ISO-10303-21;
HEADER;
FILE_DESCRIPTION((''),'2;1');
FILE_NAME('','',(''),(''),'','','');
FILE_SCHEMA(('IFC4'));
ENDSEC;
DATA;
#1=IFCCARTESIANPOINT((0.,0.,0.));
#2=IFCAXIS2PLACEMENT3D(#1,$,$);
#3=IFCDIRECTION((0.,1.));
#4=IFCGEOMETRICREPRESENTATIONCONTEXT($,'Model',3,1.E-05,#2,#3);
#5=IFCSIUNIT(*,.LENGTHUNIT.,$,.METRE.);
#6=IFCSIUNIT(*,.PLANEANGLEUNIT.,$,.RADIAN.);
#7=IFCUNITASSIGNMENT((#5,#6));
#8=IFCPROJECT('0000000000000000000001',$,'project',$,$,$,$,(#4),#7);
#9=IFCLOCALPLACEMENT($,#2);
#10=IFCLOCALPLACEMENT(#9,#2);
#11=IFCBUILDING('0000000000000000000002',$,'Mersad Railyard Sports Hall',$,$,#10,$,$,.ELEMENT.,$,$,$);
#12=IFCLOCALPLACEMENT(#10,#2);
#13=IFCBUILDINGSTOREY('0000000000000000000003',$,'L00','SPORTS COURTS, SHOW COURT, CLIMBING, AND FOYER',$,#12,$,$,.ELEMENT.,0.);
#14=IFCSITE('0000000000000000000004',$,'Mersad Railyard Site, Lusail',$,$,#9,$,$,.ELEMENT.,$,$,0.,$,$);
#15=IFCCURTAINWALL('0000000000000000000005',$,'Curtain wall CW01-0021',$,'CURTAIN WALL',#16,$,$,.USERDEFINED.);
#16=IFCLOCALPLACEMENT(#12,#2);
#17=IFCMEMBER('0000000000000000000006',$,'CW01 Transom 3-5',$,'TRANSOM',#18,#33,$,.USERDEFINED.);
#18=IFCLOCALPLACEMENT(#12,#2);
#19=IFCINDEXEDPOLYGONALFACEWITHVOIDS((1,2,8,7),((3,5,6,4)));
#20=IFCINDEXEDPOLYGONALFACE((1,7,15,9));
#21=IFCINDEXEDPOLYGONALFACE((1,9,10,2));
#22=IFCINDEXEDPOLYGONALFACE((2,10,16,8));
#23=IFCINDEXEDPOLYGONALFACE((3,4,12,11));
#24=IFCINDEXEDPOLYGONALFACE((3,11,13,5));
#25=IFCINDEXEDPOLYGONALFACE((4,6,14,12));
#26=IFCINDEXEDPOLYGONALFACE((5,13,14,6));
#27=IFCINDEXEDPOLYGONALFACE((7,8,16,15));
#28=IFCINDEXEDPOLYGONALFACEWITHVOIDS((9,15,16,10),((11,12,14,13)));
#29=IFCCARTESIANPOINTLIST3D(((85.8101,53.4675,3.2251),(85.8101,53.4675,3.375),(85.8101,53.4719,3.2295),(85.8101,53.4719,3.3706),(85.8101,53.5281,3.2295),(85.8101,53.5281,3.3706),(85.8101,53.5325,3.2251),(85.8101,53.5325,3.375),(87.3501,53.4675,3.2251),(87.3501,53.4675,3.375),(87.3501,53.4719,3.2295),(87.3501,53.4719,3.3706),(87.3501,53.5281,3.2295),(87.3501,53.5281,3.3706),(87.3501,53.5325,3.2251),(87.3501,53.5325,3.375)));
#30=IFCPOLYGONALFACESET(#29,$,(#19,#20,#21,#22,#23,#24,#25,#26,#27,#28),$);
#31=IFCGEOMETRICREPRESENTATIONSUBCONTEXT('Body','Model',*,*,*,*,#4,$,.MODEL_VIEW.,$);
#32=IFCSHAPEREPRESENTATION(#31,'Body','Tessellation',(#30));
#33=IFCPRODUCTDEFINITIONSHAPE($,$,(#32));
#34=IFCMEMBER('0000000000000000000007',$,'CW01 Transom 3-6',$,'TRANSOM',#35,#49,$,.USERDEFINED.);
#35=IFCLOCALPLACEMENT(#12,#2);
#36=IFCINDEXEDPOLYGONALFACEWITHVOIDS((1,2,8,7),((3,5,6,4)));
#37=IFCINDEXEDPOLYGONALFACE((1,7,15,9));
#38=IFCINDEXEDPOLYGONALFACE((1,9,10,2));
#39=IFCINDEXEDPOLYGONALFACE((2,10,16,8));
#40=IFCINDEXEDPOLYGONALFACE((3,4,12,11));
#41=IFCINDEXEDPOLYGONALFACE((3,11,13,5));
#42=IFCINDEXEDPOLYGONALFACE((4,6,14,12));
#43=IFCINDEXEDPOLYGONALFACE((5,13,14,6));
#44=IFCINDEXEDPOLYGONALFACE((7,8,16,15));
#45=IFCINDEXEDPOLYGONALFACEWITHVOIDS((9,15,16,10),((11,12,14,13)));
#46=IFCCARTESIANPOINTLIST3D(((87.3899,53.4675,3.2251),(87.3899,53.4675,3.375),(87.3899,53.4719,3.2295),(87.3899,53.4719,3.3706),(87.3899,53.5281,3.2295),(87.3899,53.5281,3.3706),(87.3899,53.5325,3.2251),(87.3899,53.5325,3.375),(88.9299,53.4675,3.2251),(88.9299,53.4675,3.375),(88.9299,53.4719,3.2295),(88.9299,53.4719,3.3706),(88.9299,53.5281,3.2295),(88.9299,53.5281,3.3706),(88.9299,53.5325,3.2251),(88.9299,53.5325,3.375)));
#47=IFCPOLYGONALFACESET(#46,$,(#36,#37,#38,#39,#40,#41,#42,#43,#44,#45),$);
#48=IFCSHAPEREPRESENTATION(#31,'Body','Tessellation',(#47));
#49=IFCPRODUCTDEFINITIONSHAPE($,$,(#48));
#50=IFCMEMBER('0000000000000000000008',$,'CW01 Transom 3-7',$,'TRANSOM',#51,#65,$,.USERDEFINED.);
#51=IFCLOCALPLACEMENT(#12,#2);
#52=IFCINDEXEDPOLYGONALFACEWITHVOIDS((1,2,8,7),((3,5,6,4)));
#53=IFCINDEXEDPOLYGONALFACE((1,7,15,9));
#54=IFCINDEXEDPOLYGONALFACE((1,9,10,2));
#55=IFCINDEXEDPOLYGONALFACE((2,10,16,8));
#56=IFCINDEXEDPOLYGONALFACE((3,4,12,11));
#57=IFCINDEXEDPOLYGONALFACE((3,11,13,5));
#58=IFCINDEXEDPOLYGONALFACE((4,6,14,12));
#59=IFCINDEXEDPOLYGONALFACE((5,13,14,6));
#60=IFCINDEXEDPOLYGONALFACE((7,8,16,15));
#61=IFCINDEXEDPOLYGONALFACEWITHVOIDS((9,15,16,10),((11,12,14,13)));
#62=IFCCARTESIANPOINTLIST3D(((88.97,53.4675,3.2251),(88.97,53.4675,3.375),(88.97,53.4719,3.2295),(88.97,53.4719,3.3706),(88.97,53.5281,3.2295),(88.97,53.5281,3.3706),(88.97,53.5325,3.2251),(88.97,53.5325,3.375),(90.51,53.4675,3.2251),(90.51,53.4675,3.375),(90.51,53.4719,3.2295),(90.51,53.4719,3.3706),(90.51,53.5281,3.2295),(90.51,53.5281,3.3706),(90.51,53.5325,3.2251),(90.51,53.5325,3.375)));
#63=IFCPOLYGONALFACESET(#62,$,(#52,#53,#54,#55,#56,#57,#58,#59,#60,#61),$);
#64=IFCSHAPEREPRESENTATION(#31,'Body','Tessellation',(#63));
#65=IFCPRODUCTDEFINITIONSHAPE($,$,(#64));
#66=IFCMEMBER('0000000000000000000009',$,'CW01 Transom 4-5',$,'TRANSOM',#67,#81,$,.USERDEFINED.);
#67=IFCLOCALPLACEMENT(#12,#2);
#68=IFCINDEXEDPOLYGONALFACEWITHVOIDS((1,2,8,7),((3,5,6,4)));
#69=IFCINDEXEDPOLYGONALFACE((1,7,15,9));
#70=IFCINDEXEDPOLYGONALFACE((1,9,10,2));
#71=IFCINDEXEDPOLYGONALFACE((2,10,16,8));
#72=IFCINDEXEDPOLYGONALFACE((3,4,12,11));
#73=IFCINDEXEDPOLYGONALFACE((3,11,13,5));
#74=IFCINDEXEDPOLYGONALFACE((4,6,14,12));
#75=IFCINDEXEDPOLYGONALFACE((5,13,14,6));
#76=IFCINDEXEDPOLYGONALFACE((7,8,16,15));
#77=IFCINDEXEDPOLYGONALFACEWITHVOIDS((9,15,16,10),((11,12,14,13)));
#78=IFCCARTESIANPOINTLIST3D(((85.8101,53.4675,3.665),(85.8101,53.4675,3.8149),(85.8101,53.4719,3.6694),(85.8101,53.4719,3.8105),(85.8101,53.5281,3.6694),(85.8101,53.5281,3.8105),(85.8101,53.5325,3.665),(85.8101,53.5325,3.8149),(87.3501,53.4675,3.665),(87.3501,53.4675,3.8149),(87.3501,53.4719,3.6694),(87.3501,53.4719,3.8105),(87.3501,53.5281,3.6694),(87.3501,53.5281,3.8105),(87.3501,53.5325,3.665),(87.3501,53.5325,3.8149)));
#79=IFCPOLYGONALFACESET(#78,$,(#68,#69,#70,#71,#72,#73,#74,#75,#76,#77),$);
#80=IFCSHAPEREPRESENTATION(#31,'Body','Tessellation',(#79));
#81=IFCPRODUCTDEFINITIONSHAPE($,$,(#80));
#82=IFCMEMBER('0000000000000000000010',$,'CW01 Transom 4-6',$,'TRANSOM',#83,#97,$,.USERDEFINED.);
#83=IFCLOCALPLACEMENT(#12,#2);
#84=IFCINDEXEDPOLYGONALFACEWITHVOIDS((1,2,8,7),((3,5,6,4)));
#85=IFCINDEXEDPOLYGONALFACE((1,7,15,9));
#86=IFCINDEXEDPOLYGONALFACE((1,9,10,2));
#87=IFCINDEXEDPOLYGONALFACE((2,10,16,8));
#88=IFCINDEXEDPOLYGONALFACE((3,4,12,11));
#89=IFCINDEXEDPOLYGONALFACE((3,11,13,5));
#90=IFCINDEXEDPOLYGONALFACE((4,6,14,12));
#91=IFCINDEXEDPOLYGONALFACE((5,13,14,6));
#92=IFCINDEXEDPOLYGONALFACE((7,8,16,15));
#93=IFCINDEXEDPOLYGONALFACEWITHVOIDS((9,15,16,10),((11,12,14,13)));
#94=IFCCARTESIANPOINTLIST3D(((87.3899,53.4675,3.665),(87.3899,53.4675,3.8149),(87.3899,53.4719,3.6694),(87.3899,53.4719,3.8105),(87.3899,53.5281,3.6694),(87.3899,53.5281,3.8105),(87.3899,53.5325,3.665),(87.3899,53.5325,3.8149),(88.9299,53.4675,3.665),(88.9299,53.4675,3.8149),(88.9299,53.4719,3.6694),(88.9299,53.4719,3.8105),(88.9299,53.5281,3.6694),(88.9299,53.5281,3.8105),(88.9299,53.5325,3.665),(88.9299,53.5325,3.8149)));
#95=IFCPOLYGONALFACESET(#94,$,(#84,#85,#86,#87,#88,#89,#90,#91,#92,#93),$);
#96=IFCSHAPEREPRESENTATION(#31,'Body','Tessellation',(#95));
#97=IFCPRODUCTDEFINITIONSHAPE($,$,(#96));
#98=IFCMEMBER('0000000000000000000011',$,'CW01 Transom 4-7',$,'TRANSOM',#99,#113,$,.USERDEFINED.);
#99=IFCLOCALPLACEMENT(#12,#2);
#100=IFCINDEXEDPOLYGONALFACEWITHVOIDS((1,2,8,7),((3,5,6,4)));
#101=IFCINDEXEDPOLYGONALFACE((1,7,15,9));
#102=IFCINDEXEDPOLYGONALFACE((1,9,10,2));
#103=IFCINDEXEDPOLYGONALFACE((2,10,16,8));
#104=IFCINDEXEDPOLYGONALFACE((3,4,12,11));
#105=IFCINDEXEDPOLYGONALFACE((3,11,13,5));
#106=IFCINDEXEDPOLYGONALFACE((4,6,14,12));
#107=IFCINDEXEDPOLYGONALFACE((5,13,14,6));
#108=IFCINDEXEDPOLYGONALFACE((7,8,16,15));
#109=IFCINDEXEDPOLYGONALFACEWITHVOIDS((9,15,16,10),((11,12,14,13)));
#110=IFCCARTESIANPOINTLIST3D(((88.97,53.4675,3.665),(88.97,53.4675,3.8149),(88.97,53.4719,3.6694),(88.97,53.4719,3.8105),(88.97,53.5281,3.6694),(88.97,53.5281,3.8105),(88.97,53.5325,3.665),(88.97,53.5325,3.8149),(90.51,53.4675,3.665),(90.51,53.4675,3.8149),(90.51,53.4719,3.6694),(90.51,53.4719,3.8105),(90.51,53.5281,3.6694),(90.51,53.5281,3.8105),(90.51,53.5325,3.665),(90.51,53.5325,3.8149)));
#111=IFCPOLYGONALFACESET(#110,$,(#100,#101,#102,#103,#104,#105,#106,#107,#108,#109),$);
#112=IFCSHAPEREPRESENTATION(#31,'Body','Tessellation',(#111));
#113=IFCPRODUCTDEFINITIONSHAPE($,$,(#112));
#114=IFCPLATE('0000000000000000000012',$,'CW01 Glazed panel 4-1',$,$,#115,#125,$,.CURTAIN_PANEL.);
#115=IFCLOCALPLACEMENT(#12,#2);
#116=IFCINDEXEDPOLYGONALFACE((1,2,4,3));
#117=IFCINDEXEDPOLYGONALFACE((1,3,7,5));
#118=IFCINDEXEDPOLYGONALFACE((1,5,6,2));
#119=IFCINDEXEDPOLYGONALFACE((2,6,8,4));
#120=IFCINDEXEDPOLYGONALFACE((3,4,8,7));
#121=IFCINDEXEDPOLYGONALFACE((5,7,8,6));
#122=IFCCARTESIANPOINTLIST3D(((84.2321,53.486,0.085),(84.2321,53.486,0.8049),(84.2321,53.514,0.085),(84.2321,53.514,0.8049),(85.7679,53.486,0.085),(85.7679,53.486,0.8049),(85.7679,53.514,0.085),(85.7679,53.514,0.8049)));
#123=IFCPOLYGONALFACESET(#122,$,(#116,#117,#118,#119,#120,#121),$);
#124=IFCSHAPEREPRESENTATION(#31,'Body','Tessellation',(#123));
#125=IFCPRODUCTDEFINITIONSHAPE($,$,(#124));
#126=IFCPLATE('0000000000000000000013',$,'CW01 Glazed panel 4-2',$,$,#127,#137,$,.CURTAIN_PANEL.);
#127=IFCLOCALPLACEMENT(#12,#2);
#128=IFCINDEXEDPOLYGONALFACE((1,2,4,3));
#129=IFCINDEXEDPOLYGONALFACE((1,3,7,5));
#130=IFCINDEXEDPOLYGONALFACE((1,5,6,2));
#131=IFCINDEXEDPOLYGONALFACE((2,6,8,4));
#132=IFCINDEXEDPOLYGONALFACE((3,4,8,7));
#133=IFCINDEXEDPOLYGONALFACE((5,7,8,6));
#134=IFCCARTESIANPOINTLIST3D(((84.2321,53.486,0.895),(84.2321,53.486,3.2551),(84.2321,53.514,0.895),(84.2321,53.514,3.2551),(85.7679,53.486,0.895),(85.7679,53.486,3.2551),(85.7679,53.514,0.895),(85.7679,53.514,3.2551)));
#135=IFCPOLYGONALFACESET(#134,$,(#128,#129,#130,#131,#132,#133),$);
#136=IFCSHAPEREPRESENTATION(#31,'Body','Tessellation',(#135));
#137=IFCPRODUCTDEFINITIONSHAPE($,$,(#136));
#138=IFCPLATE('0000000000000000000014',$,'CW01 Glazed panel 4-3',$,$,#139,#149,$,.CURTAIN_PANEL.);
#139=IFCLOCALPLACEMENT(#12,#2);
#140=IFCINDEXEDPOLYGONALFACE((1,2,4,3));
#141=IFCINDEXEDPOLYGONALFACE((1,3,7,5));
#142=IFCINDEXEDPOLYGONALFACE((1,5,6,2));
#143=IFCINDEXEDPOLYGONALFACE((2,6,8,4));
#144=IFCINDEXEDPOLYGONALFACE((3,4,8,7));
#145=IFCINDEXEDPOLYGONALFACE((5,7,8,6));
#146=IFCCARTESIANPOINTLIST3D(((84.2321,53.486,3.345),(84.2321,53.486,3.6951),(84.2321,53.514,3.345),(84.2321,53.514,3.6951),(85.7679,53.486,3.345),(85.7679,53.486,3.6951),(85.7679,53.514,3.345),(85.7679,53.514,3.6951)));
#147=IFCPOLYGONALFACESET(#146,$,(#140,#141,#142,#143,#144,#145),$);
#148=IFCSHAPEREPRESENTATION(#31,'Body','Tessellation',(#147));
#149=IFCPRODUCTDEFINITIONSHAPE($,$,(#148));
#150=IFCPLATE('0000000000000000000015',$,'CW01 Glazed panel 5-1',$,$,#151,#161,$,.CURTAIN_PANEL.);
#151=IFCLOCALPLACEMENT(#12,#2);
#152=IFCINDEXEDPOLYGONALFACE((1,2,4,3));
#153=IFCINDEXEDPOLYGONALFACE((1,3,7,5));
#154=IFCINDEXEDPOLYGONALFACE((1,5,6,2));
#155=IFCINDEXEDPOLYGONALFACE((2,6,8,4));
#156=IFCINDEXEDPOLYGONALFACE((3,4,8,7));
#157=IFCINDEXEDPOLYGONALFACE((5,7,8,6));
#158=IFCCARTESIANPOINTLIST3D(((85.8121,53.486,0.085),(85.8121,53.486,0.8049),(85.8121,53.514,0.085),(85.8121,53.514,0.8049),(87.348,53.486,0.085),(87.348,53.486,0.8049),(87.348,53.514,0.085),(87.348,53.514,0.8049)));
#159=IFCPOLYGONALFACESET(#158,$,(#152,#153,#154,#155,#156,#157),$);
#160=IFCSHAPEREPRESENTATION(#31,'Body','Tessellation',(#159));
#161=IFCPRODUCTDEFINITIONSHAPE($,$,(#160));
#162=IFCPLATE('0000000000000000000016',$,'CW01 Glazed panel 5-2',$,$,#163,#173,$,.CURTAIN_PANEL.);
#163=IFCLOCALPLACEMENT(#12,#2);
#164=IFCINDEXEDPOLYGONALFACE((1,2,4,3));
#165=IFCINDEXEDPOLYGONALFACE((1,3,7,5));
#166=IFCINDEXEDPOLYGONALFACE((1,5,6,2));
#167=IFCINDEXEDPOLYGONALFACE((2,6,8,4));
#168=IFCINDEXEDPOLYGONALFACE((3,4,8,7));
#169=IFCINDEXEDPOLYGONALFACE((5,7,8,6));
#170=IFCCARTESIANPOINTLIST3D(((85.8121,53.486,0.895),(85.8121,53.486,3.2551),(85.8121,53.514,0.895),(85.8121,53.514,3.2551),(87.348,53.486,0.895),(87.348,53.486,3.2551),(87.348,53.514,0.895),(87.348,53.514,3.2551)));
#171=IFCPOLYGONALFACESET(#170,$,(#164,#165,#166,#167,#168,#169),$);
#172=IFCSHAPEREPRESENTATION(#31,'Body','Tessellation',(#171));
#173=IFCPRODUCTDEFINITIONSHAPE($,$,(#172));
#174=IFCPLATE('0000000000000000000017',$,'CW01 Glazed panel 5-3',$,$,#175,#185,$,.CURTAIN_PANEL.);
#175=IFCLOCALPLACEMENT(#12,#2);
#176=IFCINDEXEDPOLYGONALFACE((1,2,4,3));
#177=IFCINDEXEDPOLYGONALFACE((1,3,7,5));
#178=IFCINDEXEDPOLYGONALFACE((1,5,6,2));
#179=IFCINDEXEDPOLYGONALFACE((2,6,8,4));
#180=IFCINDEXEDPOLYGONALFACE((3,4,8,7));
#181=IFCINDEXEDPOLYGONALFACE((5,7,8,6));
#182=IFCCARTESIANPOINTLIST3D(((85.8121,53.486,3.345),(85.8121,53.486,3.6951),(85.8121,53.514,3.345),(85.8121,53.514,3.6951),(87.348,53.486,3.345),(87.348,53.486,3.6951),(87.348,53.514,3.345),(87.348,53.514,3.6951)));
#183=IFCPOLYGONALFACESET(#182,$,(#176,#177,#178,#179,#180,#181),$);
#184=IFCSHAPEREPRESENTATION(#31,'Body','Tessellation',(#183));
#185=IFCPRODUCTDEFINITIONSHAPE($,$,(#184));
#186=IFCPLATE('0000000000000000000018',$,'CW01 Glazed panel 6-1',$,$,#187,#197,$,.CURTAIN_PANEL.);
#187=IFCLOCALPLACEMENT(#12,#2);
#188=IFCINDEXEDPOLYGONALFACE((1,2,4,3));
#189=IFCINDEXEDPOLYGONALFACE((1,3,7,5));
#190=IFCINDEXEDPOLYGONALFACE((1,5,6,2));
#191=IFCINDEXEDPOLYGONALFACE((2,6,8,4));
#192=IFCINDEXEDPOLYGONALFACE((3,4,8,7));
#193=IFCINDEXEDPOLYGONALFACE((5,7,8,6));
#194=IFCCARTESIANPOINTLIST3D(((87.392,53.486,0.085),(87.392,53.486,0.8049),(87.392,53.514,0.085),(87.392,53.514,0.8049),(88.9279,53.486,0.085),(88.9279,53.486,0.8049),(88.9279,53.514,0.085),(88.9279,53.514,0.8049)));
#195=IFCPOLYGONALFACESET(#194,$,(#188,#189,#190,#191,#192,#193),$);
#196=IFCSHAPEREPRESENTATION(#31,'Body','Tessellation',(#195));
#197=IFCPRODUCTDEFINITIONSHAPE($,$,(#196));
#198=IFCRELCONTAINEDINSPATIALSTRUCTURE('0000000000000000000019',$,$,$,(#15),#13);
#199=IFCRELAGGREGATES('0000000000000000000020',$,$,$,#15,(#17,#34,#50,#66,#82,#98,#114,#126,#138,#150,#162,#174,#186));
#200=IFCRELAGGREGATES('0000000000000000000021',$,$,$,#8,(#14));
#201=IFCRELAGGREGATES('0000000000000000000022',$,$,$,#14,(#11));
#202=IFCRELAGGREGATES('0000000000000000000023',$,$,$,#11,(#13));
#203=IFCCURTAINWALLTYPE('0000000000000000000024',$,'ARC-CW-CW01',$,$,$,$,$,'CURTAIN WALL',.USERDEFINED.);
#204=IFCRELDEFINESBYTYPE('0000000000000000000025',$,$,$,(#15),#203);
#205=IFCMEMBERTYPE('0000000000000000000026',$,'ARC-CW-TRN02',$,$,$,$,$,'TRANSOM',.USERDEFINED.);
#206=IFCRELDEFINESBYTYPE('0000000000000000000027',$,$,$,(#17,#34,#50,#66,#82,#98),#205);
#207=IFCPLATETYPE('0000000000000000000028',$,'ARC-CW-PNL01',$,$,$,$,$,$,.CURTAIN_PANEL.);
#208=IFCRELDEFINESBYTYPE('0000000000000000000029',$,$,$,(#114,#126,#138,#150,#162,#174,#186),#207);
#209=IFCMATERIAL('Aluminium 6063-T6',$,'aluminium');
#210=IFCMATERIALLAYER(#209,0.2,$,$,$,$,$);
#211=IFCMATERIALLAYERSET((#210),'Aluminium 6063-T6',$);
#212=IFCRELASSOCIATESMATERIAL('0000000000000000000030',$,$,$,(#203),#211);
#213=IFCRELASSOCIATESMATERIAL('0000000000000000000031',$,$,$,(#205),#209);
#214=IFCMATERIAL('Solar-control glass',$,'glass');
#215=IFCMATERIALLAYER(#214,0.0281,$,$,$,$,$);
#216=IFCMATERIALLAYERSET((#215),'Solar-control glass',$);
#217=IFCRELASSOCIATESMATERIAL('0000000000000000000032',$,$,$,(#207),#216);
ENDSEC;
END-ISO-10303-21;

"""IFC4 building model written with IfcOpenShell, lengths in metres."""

from ifc_helpers import new_model, si_unit, direction, frame, origin, origin_2d, place, context, subcontext, project, spatial, rectangle, hollow_rectangle, extrude, material, layer, layer_set, material_profile, profile_set, type_object, element, aggregate, save


model = new_model("IFC4")

# Units and contexts
model_context = context("Model", 3, precision=1e-05, world=origin(), true_north=direction((0.0, 1.0)))
body_context = subcontext(model_context, "Body", "Model", "MODEL_VIEW")
ifc_project = project(units=[si_unit("LENGTHUNIT", "METRE"), si_unit("PLANEANGLEUNIT", "RADIAN")], contexts=[model_context])

# Site, building, storey
site_placement = place(None, origin())
site = spatial("IfcSite", under=ifc_project, at=site_placement, Name="Mersad Railyard Site, Lusail", CompositionType="ELEMENT", RefElevation=0.0)
building_placement = place(site_placement, origin())
building = spatial("IfcBuilding", under=site, at=building_placement, Name="Mersad Railyard Sports Hall", CompositionType="ELEMENT")
storey_placement = place(building_placement, origin())
storey = spatial("IfcBuildingStorey", under=building, at=storey_placement, Name="L00", Description="SPORTS COURTS, SHOW COURT, CLIMBING, AND FOYER", CompositionType="ELEMENT", Elevation=0.0)

# Curtain wall, members, plates
ifc_material_1 = material(Name="Aluminium 6063-T6", Category="aluminium")
ifc_layer_1 = layer(ifc_material_1, 0.2)
ifc_layer_set_1 = layer_set([ifc_layer_1], Name="Aluminium 6063-T6")
curtain_wall_type = type_object("IfcCurtainWallType", Name="ARC-CW-CW01", ElementType="CURTAIN WALL", PredefinedType="USERDEFINED", material=ifc_layer_set_1)
curtain_wall_placement = place(storey_placement, origin())
curtain_wall = element("IfcCurtainWall", 1, at=curtain_wall_placement, inside=storey, type_object=curtain_wall_type, Name="Curtain wall CW01-0021", ObjectType="CURTAIN WALL", PredefinedType="USERDEFINED")
ifc_material_profile_1 = material_profile(ifc_material_1, hollow_rectangle(XDim=0.0649, YDim=0.1499, WallThickness=0.0044, at=origin_2d()), Name="AL TRANSOM 65x150x4.5")
ifc_profile_set_1 = profile_set([ifc_material_profile_1], Name="Aluminium 6063-T6")
member_type_1 = type_object("IfcMemberType", Name="ARC-CW-TRN02", ElementType="TRANSOM", PredefinedType="USERDEFINED", material=ifc_profile_set_1)
member_1_placement = place(storey_placement, frame((85.8101, 53.5, 3.3), z_axis=(1.0, 0.0, 0.0), x_axis=(0.0, 1.0, 0.0)))
member_1 = element("IfcMember", 2, at=member_1_placement, type_object=member_type_1, Name="CW01 Transom 3-5", ObjectType="TRANSOM", PredefinedType="USERDEFINED", context=body_context, shape_type="SweptSolid", body=[
    extrude(hollow_rectangle(XDim=0.0649, YDim=0.1499, WallThickness=0.0044, at=origin_2d()), origin(), (0.0, 0.0, 1.0), 1.54),
])
member_2_placement = place(storey_placement, frame((87.3899, 53.5, 3.3), z_axis=(1.0, 0.0, 0.0), x_axis=(0.0, 1.0, 0.0)))
member_2 = element("IfcMember", 3, at=member_2_placement, type_object=member_type_1, Name="CW01 Transom 3-6", ObjectType="TRANSOM", PredefinedType="USERDEFINED", context=body_context, shape_type="SweptSolid", body=[
    extrude(hollow_rectangle(XDim=0.0649, YDim=0.1499, WallThickness=0.0044, at=origin_2d()), origin(), (0.0, 0.0, 1.0), 1.54),
])
member_3_placement = place(storey_placement, frame((88.97, 53.5, 3.3), z_axis=(1.0, 0.0, 0.0), x_axis=(0.0, 1.0, 0.0)))
member_3 = element("IfcMember", 4, at=member_3_placement, type_object=member_type_1, Name="CW01 Transom 3-7", ObjectType="TRANSOM", PredefinedType="USERDEFINED", context=body_context, shape_type="SweptSolid", body=[
    extrude(hollow_rectangle(XDim=0.0649, YDim=0.1499, WallThickness=0.0044, at=origin_2d()), origin(), (0.0, 0.0, 1.0), 1.54),
])
member_4_placement = place(storey_placement, frame((85.8101, 53.5, 3.74), z_axis=(1.0, 0.0, 0.0), x_axis=(0.0, 1.0, 0.0)))
member_4 = element("IfcMember", 5, at=member_4_placement, type_object=member_type_1, Name="CW01 Transom 4-5", ObjectType="TRANSOM", PredefinedType="USERDEFINED", context=body_context, shape_type="SweptSolid", body=[
    extrude(hollow_rectangle(XDim=0.0649, YDim=0.1499, WallThickness=0.0044, at=origin_2d()), origin(), (0.0, 0.0, 1.0), 1.54),
])
member_5_placement = place(storey_placement, frame((87.3899, 53.5, 3.74), z_axis=(1.0, 0.0, 0.0), x_axis=(0.0, 1.0, 0.0)))
member_5 = element("IfcMember", 6, at=member_5_placement, type_object=member_type_1, Name="CW01 Transom 4-6", ObjectType="TRANSOM", PredefinedType="USERDEFINED", context=body_context, shape_type="SweptSolid", body=[
    extrude(hollow_rectangle(XDim=0.0649, YDim=0.1499, WallThickness=0.0044, at=origin_2d()), origin(), (0.0, 0.0, 1.0), 1.54),
])
member_6_placement = place(storey_placement, frame((88.97, 53.5, 3.74), z_axis=(1.0, 0.0, 0.0), x_axis=(0.0, 1.0, 0.0)))
member_6 = element("IfcMember", 7, at=member_6_placement, type_object=member_type_1, Name="CW01 Transom 4-7", ObjectType="TRANSOM", PredefinedType="USERDEFINED", context=body_context, shape_type="SweptSolid", body=[
    extrude(hollow_rectangle(XDim=0.0649, YDim=0.1499, WallThickness=0.0044, at=origin_2d()), origin(), (0.0, 0.0, 1.0), 1.54),
])
ifc_material_2 = material(Name="Solar-control glass", Category="glass")
ifc_layer_2 = layer(ifc_material_2, 0.0281)
ifc_layer_set_2 = layer_set([ifc_layer_2], Name="Solar-control glass")
plate_type = type_object("IfcPlateType", Name="ARC-CW-PNL01", PredefinedType="CURTAIN_PANEL", material=ifc_layer_set_2)
plate_1_placement = place(storey_placement, frame((85.0, 53.5, 0.085), z_axis=(0.0, 0.0, 1.0), x_axis=(1.0, 0.0, 0.0)))
plate_1 = element("IfcPlate", 8, at=plate_1_placement, type_object=plate_type, Name="CW01 Glazed panel 4-1", PredefinedType="CURTAIN_PANEL", context=body_context, shape_type="SweptSolid", body=[
    extrude(rectangle(XDim=1.5359, YDim=0.0281, at=origin_2d()), origin(), (0.0, 0.0, 1.0), 0.72),
])
plate_2_placement = place(storey_placement, frame((85.0, 53.5, 0.895), z_axis=(0.0, 0.0, 1.0), x_axis=(1.0, 0.0, 0.0)))
plate_2 = element("IfcPlate", 9, at=plate_2_placement, type_object=plate_type, Name="CW01 Glazed panel 4-2", PredefinedType="CURTAIN_PANEL", context=body_context, shape_type="SweptSolid", body=[
    extrude(rectangle(XDim=1.5359, YDim=0.0281, at=origin_2d()), origin(), (0.0, 0.0, 1.0), 2.3601),
])
plate_3_placement = place(storey_placement, frame((85.0, 53.5, 3.345), z_axis=(0.0, 0.0, 1.0), x_axis=(1.0, 0.0, 0.0)))
plate_3 = element("IfcPlate", 10, at=plate_3_placement, type_object=plate_type, Name="CW01 Glazed panel 4-3", PredefinedType="CURTAIN_PANEL", context=body_context, shape_type="SweptSolid", body=[
    extrude(rectangle(XDim=1.5359, YDim=0.0281, at=origin_2d()), origin(), (0.0, 0.0, 1.0), 0.3501),
])
plate_4_placement = place(storey_placement, frame((86.5801, 53.5, 0.085), z_axis=(0.0, 0.0, 1.0), x_axis=(1.0, 0.0, 0.0)))
plate_4 = element("IfcPlate", 11, at=plate_4_placement, type_object=plate_type, Name="CW01 Glazed panel 5-1", PredefinedType="CURTAIN_PANEL", context=body_context, shape_type="SweptSolid", body=[
    extrude(rectangle(XDim=1.5359, YDim=0.0281, at=origin_2d()), origin(), (0.0, 0.0, 1.0), 0.72),
])
plate_5_placement = place(storey_placement, frame((86.5801, 53.5, 0.895), z_axis=(0.0, 0.0, 1.0), x_axis=(1.0, 0.0, 0.0)))
plate_5 = element("IfcPlate", 12, at=plate_5_placement, type_object=plate_type, Name="CW01 Glazed panel 5-2", PredefinedType="CURTAIN_PANEL", context=body_context, shape_type="SweptSolid", body=[
    extrude(rectangle(XDim=1.5359, YDim=0.0281, at=origin_2d()), origin(), (0.0, 0.0, 1.0), 2.3601),
])
plate_6_placement = place(storey_placement, frame((86.5801, 53.5, 3.345), z_axis=(0.0, 0.0, 1.0), x_axis=(1.0, 0.0, 0.0)))
plate_6 = element("IfcPlate", 13, at=plate_6_placement, type_object=plate_type, Name="CW01 Glazed panel 5-3", PredefinedType="CURTAIN_PANEL", context=body_context, shape_type="SweptSolid", body=[
    extrude(rectangle(XDim=1.5359, YDim=0.0281, at=origin_2d()), origin(), (0.0, 0.0, 1.0), 0.3501),
])
plate_7_placement = place(storey_placement, frame((88.1599, 53.5, 0.085), z_axis=(0.0, 0.0, 1.0), x_axis=(1.0, 0.0, 0.0)))
plate_7 = element("IfcPlate", 14, at=plate_7_placement, type_object=plate_type, Name="CW01 Glazed panel 6-1", PredefinedType="CURTAIN_PANEL", context=body_context, shape_type="SweptSolid", body=[
    extrude(rectangle(XDim=1.5359, YDim=0.0281, at=origin_2d()), origin(), (0.0, 0.0, 1.0), 0.72),
])
aggregate(curtain_wall, [member_1, member_2, member_3, member_4, member_5, member_6, plate_1, plate_2, plate_3, plate_4, plate_5, plate_6, plate_7])

save(model, "model.ifc")
